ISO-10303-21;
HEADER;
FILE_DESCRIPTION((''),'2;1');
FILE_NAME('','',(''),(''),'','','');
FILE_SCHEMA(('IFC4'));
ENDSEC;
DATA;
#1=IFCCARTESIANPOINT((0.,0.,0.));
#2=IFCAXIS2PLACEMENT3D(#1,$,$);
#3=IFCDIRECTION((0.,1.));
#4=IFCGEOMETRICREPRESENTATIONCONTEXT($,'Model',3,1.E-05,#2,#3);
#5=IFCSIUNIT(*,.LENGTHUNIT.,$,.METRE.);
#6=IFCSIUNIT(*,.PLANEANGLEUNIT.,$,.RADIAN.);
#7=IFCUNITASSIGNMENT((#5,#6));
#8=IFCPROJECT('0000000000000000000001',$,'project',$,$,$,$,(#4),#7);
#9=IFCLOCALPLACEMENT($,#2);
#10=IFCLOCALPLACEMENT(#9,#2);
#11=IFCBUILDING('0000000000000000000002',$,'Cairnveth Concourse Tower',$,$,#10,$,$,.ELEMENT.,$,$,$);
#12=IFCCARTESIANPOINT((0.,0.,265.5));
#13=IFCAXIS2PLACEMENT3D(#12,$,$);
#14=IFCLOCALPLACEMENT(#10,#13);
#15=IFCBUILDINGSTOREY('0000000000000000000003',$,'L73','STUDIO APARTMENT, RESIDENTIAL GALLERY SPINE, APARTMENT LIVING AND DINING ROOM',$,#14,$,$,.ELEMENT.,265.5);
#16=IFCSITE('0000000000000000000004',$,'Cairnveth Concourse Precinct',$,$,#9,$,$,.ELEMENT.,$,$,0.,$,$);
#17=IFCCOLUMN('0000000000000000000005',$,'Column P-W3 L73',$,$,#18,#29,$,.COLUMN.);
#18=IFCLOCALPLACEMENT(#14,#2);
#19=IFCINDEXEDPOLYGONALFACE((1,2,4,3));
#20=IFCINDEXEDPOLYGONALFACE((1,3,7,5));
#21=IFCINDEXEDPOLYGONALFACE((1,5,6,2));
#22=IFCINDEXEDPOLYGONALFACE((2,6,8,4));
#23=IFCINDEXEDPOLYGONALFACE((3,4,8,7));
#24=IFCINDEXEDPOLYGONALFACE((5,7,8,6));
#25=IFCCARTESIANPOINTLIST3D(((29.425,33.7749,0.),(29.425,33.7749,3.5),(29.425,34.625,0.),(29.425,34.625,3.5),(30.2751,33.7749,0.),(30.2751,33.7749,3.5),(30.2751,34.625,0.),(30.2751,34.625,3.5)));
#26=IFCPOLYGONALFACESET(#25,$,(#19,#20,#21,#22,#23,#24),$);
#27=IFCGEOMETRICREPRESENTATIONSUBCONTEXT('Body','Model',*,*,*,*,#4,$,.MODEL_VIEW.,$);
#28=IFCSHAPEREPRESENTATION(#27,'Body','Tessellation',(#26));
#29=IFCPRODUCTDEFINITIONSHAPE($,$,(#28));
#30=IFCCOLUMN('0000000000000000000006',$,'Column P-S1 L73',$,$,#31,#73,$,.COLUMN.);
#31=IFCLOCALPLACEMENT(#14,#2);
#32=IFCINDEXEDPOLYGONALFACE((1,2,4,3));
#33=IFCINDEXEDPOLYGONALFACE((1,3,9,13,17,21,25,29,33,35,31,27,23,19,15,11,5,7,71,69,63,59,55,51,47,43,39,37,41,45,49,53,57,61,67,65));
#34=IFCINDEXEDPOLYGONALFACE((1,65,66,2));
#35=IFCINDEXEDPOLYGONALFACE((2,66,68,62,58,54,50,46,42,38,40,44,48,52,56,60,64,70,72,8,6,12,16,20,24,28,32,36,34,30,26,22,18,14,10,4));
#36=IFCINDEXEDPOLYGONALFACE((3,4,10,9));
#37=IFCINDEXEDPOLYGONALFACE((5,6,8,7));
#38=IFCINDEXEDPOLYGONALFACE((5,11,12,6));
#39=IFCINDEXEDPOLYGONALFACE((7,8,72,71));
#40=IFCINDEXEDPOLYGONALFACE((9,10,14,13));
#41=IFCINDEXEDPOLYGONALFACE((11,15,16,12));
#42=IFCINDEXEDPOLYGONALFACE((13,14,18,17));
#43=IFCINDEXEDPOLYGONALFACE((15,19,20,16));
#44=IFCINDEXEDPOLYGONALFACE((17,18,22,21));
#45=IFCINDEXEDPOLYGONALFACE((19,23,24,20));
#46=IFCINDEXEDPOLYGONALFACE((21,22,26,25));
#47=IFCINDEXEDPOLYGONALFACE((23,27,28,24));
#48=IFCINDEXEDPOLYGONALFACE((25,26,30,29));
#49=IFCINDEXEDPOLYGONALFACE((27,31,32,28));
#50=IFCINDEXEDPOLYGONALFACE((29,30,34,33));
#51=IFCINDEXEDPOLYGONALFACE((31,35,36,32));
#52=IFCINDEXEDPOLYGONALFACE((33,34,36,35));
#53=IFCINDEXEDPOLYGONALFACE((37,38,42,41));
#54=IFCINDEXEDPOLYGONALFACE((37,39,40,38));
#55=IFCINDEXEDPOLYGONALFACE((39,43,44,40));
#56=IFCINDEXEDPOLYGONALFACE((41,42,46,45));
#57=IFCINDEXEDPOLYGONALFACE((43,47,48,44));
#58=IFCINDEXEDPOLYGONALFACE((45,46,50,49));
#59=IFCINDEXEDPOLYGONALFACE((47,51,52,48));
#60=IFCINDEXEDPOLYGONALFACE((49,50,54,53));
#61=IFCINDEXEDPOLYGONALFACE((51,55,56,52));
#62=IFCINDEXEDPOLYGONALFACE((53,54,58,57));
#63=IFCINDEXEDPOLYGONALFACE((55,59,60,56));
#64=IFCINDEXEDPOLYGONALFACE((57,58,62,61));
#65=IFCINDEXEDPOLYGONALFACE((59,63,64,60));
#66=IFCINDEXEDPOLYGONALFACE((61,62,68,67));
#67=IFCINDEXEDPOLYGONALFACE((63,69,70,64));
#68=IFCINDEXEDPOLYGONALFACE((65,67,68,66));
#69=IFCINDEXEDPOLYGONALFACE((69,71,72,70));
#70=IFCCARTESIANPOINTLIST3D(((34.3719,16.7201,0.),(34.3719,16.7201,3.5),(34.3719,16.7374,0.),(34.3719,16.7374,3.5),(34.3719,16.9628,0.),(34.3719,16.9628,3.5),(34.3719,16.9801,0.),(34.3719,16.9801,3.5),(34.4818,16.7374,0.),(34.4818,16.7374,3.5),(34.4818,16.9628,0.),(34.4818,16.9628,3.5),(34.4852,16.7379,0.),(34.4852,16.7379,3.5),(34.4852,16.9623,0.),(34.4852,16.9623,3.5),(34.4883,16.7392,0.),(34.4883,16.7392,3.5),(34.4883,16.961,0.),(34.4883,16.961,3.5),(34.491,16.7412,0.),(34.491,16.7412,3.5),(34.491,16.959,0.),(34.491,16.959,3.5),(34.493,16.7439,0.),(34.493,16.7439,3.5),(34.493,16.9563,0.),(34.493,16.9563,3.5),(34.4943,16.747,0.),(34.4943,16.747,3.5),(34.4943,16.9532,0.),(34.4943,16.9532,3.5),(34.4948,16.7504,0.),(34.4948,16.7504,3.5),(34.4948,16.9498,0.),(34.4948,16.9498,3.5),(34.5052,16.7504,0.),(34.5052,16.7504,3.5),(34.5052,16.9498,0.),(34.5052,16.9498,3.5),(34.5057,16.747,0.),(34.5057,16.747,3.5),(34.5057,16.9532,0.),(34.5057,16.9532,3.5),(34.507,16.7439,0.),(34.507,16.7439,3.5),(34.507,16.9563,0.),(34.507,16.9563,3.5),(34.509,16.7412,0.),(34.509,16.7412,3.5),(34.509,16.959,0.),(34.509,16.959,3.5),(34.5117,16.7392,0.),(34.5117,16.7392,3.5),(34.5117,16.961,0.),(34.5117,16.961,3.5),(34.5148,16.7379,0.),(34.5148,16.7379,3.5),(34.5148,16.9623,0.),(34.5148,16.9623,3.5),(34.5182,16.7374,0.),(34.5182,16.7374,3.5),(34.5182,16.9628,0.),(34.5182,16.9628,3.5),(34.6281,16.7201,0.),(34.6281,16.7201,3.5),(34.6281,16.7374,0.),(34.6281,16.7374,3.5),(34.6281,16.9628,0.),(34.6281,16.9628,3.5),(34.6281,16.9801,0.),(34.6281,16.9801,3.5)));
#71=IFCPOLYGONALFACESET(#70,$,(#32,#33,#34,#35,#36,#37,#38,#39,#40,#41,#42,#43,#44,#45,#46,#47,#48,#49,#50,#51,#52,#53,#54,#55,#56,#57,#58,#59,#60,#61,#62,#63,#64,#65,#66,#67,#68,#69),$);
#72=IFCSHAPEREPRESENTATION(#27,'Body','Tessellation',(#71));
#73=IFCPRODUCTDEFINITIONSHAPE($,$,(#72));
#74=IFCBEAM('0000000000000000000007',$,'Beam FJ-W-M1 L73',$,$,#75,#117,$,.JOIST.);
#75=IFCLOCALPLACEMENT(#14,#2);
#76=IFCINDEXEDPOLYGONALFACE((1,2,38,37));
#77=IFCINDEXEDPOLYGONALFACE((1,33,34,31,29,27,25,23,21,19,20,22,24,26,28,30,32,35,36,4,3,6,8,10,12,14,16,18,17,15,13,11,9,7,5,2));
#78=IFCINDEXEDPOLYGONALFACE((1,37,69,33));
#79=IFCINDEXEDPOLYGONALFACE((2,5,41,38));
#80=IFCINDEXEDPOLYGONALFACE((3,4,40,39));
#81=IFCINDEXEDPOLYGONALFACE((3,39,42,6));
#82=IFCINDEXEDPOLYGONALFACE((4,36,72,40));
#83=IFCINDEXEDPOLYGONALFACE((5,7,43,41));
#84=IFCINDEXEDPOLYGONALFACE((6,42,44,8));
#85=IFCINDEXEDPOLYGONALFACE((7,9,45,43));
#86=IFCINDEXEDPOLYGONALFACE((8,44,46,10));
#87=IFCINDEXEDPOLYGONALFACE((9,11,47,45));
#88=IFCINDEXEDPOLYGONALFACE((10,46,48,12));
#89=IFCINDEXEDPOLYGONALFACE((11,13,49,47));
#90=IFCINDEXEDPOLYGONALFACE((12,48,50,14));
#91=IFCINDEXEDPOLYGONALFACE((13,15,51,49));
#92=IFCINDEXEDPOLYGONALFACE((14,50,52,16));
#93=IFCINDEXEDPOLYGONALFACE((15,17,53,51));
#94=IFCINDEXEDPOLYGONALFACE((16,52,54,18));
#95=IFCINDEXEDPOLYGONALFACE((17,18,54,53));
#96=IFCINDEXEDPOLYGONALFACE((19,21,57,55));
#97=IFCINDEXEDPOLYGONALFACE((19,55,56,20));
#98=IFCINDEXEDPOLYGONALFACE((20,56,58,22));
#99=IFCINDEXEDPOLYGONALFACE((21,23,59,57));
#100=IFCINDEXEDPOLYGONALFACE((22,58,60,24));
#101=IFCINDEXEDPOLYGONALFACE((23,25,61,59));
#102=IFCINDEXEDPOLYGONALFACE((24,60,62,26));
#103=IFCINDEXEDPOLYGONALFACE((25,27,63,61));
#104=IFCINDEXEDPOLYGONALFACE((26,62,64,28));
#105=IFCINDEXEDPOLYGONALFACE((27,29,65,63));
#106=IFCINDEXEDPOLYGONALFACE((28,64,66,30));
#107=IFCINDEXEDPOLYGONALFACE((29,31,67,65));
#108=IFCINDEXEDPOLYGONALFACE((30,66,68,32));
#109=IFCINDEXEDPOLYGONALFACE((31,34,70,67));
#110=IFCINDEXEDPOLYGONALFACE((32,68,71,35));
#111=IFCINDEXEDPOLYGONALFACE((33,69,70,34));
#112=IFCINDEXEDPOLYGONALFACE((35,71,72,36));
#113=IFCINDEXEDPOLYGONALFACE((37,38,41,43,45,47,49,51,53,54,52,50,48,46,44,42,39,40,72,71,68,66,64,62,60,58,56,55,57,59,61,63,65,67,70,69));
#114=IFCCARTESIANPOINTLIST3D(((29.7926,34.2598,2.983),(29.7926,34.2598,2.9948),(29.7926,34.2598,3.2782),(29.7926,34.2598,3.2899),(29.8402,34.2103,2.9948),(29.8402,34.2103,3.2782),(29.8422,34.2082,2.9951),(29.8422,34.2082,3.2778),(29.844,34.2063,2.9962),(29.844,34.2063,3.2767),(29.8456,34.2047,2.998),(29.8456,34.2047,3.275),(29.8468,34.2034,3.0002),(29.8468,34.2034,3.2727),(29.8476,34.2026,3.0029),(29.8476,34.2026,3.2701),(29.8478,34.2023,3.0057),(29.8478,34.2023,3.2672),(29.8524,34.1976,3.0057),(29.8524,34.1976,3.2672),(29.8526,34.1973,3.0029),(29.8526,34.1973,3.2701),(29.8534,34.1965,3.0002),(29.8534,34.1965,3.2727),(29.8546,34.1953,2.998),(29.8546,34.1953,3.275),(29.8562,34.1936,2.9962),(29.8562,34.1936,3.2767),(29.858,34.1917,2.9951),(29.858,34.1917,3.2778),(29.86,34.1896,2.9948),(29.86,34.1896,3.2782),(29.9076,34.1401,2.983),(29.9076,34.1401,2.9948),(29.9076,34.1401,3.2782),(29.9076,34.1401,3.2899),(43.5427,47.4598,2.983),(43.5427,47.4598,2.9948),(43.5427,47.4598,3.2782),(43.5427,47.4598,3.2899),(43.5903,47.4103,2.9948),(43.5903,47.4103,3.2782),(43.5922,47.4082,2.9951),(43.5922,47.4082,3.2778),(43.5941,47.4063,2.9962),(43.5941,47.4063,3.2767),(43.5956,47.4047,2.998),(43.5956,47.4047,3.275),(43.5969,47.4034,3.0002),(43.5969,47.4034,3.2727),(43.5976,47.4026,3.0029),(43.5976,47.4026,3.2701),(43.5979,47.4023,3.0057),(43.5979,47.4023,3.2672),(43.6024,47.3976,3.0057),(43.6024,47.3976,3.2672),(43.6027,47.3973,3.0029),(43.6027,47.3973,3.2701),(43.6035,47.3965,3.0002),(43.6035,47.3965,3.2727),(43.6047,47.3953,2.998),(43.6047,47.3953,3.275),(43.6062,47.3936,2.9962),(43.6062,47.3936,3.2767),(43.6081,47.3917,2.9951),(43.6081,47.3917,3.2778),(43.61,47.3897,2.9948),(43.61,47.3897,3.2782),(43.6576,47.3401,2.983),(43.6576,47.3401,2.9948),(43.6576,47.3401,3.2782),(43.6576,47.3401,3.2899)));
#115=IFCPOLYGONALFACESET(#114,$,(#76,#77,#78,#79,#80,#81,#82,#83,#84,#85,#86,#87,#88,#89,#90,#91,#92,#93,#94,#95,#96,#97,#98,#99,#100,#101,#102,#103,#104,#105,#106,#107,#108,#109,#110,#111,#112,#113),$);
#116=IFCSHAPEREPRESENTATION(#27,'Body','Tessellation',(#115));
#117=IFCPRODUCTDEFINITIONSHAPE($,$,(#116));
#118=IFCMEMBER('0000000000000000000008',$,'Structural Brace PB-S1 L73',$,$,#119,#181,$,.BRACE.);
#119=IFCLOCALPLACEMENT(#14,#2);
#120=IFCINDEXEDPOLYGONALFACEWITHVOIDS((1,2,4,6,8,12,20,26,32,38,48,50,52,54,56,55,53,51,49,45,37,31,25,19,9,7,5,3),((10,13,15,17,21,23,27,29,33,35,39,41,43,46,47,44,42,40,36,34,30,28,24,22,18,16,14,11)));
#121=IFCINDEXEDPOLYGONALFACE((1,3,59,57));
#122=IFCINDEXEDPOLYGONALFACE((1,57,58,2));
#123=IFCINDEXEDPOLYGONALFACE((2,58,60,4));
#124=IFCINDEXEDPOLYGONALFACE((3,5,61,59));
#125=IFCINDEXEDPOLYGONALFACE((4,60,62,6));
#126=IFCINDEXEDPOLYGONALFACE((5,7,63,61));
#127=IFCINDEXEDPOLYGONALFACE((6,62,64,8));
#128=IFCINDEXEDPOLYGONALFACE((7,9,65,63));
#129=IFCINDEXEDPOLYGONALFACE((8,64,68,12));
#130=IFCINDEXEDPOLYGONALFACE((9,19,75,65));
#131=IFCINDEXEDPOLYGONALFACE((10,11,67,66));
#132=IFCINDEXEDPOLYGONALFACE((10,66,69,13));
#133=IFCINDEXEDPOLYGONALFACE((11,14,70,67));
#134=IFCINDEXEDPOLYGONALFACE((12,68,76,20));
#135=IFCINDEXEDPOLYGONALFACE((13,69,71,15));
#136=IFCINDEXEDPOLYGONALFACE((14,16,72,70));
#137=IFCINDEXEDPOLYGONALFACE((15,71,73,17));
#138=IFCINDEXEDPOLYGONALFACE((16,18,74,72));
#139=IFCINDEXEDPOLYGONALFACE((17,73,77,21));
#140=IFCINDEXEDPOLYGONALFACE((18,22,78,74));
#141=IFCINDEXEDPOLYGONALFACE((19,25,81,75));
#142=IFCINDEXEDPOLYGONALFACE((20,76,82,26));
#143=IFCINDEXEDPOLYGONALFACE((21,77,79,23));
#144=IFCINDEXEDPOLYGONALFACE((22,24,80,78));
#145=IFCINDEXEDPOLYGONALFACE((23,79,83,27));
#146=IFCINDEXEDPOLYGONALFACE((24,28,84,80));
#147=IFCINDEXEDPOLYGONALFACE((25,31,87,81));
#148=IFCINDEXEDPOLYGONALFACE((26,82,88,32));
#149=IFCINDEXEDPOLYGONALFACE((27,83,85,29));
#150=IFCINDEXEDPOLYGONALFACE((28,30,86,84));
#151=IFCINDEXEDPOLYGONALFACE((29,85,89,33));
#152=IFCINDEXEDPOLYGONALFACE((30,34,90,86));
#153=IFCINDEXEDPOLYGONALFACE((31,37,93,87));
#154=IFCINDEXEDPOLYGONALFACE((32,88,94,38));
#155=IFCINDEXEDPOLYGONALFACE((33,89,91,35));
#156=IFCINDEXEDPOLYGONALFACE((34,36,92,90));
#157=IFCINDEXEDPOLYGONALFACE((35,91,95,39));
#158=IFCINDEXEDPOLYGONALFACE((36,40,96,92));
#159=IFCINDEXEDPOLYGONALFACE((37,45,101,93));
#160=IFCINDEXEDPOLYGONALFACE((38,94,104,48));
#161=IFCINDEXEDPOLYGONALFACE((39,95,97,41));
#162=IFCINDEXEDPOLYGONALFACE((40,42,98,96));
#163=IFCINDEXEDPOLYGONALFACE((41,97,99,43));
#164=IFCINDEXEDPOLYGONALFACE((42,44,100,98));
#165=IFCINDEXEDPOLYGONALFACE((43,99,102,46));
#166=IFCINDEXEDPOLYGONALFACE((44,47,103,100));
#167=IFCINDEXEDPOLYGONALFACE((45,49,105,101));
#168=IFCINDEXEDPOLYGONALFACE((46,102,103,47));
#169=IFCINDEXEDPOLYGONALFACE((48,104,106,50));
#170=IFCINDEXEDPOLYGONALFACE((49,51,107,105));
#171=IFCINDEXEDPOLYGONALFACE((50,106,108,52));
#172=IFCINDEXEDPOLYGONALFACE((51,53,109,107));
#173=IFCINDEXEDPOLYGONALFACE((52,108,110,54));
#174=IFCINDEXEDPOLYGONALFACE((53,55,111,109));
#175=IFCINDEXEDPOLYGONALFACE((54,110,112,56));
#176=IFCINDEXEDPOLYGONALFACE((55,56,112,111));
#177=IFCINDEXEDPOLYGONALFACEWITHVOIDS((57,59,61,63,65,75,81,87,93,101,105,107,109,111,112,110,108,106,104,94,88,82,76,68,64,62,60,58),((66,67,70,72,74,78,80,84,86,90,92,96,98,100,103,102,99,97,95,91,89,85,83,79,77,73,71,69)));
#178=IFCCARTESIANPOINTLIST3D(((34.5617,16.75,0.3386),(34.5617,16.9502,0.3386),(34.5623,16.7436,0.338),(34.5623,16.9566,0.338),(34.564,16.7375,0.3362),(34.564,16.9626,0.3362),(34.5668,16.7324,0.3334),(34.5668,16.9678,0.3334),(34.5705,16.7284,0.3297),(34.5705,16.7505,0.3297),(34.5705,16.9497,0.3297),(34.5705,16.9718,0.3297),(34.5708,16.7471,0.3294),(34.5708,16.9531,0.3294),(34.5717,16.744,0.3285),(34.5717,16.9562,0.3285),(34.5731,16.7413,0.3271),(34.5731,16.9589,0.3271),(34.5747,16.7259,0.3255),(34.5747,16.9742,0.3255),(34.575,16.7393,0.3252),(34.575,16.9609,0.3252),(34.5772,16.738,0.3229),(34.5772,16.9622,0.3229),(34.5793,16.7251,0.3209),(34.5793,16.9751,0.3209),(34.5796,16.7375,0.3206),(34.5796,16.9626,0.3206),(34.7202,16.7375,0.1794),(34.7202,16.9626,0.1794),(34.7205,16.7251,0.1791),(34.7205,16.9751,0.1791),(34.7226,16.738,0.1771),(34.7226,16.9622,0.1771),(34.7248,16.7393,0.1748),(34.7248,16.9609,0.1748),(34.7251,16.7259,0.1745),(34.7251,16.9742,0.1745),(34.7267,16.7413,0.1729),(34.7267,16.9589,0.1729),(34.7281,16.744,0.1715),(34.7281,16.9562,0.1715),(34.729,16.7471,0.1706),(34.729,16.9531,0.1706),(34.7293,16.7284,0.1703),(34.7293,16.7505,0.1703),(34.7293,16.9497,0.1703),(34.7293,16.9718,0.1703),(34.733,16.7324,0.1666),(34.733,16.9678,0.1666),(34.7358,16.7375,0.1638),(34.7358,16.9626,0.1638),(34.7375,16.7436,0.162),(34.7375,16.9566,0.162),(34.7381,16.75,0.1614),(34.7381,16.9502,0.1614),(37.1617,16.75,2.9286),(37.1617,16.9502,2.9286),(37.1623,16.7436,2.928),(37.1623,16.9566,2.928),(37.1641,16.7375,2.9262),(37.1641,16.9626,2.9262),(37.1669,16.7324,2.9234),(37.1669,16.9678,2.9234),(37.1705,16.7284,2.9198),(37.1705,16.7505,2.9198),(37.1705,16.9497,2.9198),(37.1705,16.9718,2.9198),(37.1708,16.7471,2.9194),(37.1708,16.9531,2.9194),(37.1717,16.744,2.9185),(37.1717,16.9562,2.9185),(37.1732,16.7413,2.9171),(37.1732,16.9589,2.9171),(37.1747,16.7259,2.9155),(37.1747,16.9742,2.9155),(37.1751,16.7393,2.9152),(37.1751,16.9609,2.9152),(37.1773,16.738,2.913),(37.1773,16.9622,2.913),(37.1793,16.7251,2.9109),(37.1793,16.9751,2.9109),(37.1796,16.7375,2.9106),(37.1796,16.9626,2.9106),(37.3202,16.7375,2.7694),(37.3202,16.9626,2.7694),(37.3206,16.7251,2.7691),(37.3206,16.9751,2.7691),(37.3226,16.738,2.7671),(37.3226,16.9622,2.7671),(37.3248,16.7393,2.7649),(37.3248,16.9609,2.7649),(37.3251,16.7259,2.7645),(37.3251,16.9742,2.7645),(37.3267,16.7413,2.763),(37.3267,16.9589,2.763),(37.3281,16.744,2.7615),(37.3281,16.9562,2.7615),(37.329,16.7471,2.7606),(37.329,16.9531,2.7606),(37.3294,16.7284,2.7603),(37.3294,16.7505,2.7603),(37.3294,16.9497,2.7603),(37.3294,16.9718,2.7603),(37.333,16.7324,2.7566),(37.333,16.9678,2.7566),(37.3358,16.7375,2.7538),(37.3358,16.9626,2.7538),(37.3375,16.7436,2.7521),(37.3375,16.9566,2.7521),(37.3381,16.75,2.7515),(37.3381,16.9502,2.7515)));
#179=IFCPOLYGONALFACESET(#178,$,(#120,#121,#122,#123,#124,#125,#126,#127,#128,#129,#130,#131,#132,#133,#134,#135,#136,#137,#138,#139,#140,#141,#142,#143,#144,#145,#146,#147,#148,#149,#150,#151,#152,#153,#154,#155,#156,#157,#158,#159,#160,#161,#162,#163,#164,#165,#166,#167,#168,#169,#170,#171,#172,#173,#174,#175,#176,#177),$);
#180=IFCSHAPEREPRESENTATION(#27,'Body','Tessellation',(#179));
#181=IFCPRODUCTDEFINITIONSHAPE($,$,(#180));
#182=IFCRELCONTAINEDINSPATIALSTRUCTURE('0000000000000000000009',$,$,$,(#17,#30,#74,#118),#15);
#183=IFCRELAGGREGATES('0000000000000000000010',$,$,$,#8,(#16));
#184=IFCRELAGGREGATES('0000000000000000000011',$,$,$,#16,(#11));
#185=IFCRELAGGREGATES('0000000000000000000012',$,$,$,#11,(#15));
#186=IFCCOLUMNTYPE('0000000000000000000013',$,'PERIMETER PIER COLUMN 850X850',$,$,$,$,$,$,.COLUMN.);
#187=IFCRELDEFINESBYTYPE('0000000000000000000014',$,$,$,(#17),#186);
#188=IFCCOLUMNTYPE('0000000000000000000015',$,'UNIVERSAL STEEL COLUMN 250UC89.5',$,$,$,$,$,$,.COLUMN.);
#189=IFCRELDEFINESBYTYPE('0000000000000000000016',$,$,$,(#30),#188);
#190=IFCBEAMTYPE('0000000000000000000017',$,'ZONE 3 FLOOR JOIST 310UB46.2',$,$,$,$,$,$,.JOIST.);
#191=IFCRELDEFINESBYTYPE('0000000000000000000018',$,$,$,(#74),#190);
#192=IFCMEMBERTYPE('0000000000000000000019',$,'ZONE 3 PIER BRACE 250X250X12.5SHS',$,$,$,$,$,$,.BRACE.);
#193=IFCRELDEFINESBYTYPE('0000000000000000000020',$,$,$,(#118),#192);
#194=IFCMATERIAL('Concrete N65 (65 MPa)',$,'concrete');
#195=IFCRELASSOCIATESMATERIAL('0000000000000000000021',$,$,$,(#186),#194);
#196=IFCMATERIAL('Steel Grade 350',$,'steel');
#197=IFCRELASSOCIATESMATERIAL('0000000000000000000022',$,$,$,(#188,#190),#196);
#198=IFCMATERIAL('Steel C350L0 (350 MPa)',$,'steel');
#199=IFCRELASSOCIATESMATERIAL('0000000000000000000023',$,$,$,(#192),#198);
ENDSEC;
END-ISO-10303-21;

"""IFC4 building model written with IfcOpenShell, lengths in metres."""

from ifc_helpers import new_model, si_unit, direction, frame, origin, origin_2d, place, context, subcontext, project, spatial, rectangle, hollow_rectangle, i_section, extrude, material, material_profile, profile_set, type_object, element, save


model = new_model("IFC4")

# Units and contexts
model_context = context("Model", 3, precision=1e-05, world=origin(), true_north=direction((0.0, 1.0)))
body_context = subcontext(model_context, "Body", "Model", "MODEL_VIEW")
ifc_project = project(units=[si_unit("LENGTHUNIT", "METRE"), si_unit("PLANEANGLEUNIT", "RADIAN")], contexts=[model_context])

# Site, building, storey
site_placement = place(None, origin())
site = spatial("IfcSite", under=ifc_project, at=site_placement, Name="Cairnveth Concourse Precinct", CompositionType="ELEMENT", RefElevation=0.0)
building_placement = place(site_placement, origin())
building = spatial("IfcBuilding", under=site, at=building_placement, Name="Cairnveth Concourse Tower", CompositionType="ELEMENT")
storey_placement = place(building_placement, frame((0.0, 0.0, 265.5)))
storey = spatial("IfcBuildingStorey", under=building, at=storey_placement, Name="L73", Description="STUDIO APARTMENT, RESIDENTIAL GALLERY SPINE, APARTMENT LIVING AND DINING ROOM", CompositionType="ELEMENT", Elevation=265.5)

# Columns
ifc_material_1 = material(Name="Concrete N65 (65 MPa)", Category="concrete")
ifc_material_profile_1 = material_profile(ifc_material_1, rectangle(XDim=0.8501, YDim=0.8501, at=origin_2d()), Name="RC-COL-850x850")
ifc_profile_set_1 = profile_set([ifc_material_profile_1], Name="Concrete N65 (65 MPa)")
column_type_1 = type_object("IfcColumnType", Name="PERIMETER PIER COLUMN 850X850", PredefinedType="COLUMN", material=ifc_profile_set_1)
column_1_placement = place(storey_placement, frame((29.8501, 34.2, 0.0), z_axis=(0.0, 0.0, 1.0), x_axis=(0.0, 1.0, 0.0)))
element("IfcColumn", 1, at=column_1_placement, inside=storey, type_object=column_type_1, Name="Column P-W3 L73", PredefinedType="COLUMN", context=body_context, shape_type="SweptSolid", body=[
    extrude(rectangle(XDim=0.8501, YDim=0.8501, at=origin_2d()), origin(), (0.0, 0.0, 1.0), 3.5),
])
ifc_material_2 = material(Name="Steel Grade 350", Category="steel")
ifc_material_profile_2 = material_profile(ifc_material_2, i_section(OverallWidth=0.2561, OverallDepth=0.26, WebThickness=0.0105, FlangeThickness=0.0173, FilletRadius=0.0129, at=origin_2d()), Name="250UC89.5")
ifc_profile_set_2 = profile_set([ifc_material_profile_2], Name="Steel Grade 350")
column_type_2 = type_object("IfcColumnType", Name="UNIVERSAL STEEL COLUMN 250UC89.5", PredefinedType="COLUMN", material=ifc_profile_set_2)
column_2_placement = place(storey_placement, frame((34.5, 16.8501, 0.0), z_axis=(0.0, 0.0, 1.0), x_axis=(1.0, 0.0, 0.0)))
element("IfcColumn", 2, at=column_2_placement, inside=storey, type_object=column_type_2, Name="Column P-S1 L73", PredefinedType="COLUMN", context=body_context, shape_type="SweptSolid", body=[
    extrude(i_section(OverallWidth=0.2561, OverallDepth=0.26, WebThickness=0.0105, FlangeThickness=0.0173, FilletRadius=0.0129, at=origin_2d()), origin(), (0.0, 0.0, 1.0), 3.5),
])

# Beam
ifc_material_profile_3 = material_profile(ifc_material_2, i_section(OverallWidth=0.166, OverallDepth=0.3069, WebThickness=0.0066, FlangeThickness=0.0117, FilletRadius=0.011, at=origin_2d()), Name="310UB46.2")
ifc_profile_set_3 = profile_set([ifc_material_profile_3], Name="Steel Grade 350")
beam_type_1 = type_object("IfcBeamType", Name="ZONE 3 FLOOR JOIST 310UB46.2", PredefinedType="JOIST", material=ifc_profile_set_3)
beam_1_placement = place(storey_placement, frame((29.8501, 34.2, 3.1365), z_axis=(0.721389, 0.69253, 0.0), x_axis=(-0.69253, 0.721389, 0.0)))
element("IfcBeam", 3, at=beam_1_placement, inside=storey, type_object=beam_type_1, Name="Beam FJ-W-M1 L73", PredefinedType="JOIST", context=body_context, shape_type="SweptSolid", body=[
    extrude(i_section(OverallWidth=0.166, OverallDepth=0.3069, WebThickness=0.0066, FlangeThickness=0.0117, FilletRadius=0.011, at=origin_2d()), origin(), (0.0, 0.0, 1.0), 19.0605),
])

# Member
ifc_material_3 = material(Name="Steel C350L0 (350 MPa)", Category="steel")
ifc_material_profile_4 = material_profile(ifc_material_3, hollow_rectangle(XDim=0.25, YDim=0.25, WallThickness=0.0125, InnerFilletRadius=0.0129, OuterFilletRadius=0.0249, at=origin_2d()), Name="250x250x12.5SHS")
ifc_profile_set_4 = profile_set([ifc_material_profile_4], Name="Steel C350L0 (350 MPa)")
member_type = type_object("IfcMemberType", Name="ZONE 3 PIER BRACE 250X250X12.5SHS", PredefinedType="BRACE", material=ifc_profile_set_4)
member_placement = place(storey_placement, frame((34.6499, 16.8501, 0.25), z_axis=(0.708469, 0.0, 0.705742), x_axis=(0.0, 1.0, 0.0)))
element("IfcMember", 4, at=member_placement, inside=storey, type_object=member_type, Name="Structural Brace PB-S1 L73", PredefinedType="BRACE", context=body_context, shape_type="SweptSolid", body=[
    extrude(hollow_rectangle(XDim=0.25, YDim=0.25, WallThickness=0.0125, InnerFilletRadius=0.0129, OuterFilletRadius=0.0249, at=origin_2d()), origin(), (0.0, 0.0, 1.0), 3.6699),
])

save(model, "model.ifc")
